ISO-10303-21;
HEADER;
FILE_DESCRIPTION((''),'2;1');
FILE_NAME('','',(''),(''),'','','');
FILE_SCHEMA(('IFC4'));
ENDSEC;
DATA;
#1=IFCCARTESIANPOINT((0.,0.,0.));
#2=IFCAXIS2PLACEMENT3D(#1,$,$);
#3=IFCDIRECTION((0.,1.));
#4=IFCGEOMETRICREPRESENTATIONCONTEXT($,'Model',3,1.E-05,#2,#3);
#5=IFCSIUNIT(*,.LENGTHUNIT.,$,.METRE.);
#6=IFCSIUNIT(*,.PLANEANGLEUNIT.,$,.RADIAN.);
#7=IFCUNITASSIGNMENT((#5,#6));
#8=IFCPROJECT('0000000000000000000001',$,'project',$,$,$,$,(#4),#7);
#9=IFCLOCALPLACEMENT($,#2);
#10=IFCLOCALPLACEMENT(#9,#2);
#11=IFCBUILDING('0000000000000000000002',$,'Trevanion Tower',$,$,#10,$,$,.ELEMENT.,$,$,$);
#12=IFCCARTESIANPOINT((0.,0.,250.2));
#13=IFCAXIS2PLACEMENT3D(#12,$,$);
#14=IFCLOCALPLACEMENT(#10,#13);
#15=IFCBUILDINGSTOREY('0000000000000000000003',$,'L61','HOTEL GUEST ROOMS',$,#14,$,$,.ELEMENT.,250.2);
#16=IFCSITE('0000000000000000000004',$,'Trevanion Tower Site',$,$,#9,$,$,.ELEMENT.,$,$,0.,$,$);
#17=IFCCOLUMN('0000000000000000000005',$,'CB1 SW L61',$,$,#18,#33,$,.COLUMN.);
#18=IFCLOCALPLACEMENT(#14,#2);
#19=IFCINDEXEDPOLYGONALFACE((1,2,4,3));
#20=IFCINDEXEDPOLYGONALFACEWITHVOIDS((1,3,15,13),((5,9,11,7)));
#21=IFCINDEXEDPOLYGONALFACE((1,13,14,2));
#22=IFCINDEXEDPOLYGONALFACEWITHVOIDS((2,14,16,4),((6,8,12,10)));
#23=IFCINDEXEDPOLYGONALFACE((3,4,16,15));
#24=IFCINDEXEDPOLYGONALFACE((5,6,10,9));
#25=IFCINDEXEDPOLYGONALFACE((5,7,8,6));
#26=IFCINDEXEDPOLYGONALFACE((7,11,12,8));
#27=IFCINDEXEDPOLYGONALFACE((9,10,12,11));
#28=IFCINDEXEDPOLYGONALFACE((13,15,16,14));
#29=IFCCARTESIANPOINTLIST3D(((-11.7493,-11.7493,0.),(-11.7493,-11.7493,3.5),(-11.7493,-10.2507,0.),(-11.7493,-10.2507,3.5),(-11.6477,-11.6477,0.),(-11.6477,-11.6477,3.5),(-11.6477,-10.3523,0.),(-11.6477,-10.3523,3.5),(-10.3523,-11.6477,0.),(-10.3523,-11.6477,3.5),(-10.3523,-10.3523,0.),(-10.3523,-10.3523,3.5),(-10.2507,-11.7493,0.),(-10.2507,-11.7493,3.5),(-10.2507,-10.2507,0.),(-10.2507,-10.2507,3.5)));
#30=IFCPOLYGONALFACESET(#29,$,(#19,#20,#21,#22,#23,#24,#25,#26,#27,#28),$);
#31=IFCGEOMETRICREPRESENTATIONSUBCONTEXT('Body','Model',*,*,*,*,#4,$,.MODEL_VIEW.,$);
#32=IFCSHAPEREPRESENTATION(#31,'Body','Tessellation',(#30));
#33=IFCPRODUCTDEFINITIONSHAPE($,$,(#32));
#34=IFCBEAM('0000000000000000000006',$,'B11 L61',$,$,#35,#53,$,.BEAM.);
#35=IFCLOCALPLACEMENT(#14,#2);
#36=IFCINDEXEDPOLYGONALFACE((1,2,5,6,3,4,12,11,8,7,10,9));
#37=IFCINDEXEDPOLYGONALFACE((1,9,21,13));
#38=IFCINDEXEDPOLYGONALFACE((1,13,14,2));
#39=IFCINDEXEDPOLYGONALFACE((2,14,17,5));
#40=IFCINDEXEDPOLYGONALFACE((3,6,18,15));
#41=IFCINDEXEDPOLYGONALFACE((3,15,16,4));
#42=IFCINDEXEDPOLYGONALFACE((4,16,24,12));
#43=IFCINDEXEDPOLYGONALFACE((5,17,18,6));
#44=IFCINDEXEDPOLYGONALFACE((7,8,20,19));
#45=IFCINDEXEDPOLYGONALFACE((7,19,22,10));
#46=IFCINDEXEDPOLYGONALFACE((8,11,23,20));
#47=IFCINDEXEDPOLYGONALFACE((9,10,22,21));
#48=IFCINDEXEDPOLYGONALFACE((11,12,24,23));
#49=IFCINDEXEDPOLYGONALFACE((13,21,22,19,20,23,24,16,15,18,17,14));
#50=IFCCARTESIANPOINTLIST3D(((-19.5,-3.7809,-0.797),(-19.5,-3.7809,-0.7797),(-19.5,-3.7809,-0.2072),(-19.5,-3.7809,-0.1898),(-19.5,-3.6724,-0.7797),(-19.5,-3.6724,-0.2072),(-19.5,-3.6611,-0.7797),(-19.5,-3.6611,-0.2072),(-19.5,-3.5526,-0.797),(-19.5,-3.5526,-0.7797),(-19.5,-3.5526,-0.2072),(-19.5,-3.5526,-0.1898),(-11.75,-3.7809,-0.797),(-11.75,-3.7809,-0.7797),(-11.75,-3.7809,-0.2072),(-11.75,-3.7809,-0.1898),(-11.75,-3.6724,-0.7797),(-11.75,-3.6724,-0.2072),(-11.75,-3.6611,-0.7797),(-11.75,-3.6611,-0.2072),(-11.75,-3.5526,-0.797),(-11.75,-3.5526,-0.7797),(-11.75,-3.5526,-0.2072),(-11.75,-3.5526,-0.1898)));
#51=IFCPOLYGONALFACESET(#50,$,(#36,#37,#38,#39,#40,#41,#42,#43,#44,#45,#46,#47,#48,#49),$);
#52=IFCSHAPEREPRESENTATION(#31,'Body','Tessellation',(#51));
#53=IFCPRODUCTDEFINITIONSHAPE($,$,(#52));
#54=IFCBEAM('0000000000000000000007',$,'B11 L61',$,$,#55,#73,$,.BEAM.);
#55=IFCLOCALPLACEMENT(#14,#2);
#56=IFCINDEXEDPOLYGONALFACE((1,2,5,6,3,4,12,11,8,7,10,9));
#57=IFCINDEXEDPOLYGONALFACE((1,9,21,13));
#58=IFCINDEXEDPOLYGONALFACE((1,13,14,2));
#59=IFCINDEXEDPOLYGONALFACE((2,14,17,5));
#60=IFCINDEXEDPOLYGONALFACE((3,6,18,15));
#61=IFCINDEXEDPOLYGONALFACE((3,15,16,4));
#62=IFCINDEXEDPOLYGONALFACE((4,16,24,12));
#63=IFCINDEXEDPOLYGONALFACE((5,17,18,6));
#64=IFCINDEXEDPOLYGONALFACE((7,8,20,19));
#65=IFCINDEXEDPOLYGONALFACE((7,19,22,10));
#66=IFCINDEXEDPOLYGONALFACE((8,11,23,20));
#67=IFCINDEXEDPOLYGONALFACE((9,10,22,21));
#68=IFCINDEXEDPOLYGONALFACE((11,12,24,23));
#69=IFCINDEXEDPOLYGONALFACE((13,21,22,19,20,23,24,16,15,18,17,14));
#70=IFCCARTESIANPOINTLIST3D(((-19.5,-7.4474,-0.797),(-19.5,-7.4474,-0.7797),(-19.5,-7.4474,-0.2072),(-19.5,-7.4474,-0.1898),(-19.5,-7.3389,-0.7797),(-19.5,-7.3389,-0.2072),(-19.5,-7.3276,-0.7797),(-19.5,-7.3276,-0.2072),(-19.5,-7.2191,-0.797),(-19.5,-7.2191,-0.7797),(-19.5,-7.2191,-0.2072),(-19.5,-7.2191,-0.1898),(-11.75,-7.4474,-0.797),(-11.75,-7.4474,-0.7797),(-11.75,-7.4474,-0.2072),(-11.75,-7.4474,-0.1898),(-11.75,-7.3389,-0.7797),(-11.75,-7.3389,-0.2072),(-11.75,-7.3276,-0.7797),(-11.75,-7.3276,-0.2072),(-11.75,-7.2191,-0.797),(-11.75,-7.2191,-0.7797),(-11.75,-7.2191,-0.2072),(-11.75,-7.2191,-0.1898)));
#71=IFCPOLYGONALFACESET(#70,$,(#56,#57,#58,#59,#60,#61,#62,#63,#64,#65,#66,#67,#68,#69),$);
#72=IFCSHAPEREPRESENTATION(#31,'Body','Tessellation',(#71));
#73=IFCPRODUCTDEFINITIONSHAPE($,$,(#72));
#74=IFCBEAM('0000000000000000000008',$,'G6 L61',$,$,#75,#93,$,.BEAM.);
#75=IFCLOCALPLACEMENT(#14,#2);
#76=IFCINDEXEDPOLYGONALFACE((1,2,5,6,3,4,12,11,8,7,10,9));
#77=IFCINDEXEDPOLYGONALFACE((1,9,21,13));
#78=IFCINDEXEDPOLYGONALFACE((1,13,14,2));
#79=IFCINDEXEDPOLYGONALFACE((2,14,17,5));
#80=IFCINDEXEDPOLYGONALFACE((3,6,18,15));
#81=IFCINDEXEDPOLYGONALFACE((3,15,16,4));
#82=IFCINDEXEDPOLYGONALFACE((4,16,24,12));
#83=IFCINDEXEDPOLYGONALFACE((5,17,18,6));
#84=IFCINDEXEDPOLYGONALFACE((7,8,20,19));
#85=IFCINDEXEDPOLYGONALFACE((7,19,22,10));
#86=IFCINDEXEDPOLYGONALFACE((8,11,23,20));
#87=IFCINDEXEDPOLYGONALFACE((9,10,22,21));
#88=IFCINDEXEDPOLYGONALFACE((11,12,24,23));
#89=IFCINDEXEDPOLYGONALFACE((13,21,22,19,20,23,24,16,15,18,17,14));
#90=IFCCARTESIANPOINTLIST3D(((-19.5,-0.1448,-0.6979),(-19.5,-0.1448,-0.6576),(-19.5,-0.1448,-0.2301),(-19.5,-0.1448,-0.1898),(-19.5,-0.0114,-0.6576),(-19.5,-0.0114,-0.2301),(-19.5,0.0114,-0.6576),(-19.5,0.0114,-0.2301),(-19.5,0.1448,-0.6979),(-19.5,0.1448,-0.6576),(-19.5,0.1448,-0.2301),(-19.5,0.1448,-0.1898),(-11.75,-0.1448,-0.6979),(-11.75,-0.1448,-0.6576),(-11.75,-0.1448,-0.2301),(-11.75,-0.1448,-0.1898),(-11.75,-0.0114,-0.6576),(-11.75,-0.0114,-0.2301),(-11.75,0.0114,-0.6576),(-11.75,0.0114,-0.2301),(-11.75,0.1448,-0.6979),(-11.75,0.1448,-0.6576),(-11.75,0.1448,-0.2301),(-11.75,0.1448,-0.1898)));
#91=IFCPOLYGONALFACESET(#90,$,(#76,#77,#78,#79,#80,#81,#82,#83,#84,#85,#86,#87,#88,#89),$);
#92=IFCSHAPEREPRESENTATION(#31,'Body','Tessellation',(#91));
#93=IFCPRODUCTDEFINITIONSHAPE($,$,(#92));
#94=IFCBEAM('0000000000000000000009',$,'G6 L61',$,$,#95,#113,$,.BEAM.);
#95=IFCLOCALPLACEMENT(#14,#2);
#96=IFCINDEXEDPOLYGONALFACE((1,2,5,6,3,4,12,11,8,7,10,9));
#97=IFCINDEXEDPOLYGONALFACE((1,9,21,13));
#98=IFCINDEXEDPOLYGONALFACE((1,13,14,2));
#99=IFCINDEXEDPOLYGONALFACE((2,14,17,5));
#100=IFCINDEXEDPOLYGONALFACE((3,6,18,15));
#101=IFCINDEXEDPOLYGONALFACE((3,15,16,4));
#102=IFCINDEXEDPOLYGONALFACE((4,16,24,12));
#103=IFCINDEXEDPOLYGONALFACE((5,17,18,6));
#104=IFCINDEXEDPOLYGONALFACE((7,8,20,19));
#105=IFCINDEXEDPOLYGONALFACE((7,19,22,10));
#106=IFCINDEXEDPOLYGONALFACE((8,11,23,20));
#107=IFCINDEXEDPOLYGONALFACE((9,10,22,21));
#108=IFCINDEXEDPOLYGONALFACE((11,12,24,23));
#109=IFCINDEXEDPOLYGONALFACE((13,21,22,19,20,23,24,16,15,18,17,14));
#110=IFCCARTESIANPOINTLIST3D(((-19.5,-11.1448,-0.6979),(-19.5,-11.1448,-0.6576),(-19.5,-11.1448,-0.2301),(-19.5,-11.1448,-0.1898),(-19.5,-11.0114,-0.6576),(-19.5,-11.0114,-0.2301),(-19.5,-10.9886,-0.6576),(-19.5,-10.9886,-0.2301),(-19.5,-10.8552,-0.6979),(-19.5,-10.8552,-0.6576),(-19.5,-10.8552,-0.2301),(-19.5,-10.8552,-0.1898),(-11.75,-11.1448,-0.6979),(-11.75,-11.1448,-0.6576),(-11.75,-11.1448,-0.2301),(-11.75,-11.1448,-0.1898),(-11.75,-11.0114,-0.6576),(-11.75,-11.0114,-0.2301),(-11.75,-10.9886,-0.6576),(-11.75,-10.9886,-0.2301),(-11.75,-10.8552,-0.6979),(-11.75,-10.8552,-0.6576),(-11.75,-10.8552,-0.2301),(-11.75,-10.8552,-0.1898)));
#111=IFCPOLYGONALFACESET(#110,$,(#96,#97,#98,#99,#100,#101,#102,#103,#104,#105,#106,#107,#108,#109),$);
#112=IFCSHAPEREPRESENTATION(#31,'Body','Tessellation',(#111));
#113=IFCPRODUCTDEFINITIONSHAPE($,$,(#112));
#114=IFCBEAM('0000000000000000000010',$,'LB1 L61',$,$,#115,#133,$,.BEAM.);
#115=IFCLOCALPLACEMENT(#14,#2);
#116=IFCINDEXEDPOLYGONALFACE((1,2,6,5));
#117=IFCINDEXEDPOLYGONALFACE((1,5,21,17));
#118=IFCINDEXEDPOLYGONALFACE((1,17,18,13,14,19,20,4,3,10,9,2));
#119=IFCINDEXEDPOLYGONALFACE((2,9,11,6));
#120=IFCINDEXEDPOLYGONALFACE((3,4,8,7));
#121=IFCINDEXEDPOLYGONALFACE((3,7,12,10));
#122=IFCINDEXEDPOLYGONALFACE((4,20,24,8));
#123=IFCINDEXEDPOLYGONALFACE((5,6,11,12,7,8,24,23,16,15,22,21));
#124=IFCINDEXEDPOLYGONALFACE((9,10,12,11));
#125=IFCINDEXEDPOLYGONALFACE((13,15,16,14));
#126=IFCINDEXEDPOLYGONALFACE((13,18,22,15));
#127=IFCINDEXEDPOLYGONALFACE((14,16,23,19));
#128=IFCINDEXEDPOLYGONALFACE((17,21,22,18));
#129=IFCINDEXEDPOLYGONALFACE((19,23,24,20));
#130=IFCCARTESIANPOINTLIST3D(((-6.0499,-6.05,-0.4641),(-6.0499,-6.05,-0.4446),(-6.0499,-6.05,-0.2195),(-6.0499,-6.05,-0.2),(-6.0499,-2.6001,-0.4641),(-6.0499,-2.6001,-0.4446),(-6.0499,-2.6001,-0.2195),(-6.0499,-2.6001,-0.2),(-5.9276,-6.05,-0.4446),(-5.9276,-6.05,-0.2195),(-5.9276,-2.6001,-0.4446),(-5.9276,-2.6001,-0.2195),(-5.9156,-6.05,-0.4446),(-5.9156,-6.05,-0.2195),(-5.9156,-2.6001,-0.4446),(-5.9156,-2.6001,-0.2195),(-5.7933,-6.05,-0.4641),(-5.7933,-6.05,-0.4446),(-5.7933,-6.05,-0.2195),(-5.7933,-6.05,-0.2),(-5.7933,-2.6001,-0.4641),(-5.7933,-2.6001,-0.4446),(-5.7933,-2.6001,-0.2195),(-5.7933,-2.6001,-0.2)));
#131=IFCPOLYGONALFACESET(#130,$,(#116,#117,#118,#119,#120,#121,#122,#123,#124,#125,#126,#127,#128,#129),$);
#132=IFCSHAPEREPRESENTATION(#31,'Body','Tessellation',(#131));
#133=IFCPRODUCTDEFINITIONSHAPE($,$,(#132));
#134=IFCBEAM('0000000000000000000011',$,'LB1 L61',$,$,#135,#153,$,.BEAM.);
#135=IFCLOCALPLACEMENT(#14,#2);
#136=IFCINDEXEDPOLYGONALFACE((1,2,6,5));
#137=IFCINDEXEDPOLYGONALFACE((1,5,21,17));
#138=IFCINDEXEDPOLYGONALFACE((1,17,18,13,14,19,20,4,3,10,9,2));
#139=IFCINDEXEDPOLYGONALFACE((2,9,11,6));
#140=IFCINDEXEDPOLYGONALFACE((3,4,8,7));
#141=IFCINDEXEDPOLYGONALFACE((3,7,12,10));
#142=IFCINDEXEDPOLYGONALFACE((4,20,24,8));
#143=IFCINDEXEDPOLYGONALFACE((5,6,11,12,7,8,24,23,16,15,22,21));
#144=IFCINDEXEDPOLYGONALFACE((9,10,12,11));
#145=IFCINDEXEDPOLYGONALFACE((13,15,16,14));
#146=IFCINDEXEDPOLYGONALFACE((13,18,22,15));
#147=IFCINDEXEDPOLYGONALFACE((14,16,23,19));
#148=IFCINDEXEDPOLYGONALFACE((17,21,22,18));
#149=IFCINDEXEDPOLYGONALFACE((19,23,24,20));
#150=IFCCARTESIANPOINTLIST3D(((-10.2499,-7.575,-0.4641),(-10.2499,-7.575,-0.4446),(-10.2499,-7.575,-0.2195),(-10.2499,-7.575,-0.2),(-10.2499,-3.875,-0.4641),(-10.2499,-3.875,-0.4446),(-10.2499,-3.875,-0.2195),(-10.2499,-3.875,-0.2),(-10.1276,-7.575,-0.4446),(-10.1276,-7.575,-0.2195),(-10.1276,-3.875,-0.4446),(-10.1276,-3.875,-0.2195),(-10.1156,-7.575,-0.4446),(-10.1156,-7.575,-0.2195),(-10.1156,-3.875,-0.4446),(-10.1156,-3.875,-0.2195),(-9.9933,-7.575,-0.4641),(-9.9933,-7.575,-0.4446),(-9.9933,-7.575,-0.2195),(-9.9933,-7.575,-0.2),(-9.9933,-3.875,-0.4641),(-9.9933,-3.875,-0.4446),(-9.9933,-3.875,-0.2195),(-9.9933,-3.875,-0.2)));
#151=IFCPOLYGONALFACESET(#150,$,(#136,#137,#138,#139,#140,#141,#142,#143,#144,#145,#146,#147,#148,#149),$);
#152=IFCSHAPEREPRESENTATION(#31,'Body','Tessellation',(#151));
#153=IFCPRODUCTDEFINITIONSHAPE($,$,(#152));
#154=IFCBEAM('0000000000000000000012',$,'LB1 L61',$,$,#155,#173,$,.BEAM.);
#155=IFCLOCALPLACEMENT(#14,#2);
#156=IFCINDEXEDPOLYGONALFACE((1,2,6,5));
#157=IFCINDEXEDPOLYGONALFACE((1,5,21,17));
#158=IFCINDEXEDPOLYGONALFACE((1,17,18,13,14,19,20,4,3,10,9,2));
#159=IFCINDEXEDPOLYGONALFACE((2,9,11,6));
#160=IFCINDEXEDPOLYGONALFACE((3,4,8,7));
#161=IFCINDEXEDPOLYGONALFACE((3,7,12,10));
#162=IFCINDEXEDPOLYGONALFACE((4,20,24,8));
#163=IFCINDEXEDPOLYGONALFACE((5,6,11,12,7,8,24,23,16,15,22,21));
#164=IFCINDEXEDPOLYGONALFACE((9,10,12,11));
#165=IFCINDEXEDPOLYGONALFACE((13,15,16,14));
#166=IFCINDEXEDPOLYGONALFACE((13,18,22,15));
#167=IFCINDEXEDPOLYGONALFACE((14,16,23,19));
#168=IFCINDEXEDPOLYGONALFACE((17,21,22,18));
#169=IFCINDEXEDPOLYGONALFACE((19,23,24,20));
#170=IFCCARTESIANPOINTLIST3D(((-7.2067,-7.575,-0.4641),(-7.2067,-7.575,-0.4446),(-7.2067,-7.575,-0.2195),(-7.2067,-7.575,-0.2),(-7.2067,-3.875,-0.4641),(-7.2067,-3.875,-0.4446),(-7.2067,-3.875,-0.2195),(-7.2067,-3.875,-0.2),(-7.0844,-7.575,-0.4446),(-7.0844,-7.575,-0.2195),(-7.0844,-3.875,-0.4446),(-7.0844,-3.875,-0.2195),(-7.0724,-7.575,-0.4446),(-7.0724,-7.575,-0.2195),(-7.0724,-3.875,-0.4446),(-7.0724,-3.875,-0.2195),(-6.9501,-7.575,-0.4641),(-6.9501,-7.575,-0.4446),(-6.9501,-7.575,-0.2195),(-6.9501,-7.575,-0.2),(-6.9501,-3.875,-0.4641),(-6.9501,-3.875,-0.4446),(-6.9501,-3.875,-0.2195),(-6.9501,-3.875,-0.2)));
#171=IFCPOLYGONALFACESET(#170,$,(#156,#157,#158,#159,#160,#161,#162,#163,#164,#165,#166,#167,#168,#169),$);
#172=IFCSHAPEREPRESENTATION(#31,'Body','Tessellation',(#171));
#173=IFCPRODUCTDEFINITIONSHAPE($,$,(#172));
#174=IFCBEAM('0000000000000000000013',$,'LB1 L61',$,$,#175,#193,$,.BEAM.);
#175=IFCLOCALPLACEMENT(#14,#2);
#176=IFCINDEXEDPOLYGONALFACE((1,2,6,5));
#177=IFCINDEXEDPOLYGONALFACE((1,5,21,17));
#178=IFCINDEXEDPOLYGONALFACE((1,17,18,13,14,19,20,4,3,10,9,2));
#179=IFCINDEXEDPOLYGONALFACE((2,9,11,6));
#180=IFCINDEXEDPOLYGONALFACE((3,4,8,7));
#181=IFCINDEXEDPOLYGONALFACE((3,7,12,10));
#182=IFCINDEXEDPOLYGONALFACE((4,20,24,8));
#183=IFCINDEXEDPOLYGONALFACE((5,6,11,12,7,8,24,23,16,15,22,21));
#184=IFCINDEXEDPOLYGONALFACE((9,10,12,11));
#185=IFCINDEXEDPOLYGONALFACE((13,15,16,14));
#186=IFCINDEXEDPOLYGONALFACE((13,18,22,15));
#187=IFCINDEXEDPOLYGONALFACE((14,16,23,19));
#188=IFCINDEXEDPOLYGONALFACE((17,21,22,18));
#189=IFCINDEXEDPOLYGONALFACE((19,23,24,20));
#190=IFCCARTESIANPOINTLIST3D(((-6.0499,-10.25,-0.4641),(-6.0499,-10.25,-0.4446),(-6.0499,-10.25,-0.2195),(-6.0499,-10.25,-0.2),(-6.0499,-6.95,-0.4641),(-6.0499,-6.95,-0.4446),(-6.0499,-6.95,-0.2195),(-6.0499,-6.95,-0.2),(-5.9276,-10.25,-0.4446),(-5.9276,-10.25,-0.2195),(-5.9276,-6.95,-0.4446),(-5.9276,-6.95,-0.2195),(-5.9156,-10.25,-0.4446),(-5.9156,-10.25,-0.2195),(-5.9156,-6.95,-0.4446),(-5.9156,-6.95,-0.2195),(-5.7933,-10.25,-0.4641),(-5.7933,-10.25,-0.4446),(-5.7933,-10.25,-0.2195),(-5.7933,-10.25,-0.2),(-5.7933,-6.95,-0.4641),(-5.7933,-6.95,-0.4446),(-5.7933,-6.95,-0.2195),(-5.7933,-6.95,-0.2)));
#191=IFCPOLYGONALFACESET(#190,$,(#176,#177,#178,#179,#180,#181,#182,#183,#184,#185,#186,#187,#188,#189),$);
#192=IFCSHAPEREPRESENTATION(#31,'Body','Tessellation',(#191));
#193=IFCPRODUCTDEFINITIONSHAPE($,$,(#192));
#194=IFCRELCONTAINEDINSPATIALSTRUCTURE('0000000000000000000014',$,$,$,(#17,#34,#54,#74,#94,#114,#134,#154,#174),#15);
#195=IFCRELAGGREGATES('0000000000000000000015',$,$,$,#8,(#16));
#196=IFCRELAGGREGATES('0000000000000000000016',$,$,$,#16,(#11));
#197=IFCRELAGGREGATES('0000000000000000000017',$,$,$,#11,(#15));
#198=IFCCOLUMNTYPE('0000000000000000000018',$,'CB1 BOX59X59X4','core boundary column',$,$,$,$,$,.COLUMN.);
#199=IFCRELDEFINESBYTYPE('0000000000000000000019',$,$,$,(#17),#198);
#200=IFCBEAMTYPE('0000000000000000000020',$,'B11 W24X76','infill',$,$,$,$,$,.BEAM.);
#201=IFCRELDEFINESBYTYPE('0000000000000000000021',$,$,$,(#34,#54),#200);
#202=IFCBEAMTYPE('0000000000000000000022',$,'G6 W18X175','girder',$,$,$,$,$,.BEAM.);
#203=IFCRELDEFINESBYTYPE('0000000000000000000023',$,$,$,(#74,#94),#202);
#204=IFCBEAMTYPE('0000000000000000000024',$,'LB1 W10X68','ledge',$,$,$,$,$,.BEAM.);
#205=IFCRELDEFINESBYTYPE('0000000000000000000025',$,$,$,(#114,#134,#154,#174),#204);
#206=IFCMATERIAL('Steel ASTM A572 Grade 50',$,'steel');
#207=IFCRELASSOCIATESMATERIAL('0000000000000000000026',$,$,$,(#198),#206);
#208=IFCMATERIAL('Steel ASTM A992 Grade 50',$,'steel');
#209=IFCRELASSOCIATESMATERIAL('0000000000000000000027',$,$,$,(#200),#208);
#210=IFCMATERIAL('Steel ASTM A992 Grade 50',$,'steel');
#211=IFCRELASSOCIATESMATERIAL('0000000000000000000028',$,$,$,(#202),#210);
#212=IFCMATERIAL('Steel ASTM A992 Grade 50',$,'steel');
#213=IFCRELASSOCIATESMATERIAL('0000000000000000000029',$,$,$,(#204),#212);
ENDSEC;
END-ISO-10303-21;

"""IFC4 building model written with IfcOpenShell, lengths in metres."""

from ifc_helpers import new_model, si_unit, direction, frame, origin, origin_2d, place, context, subcontext, project, spatial, hollow_rectangle, i_section, extrude, material, material_profile, profile_set, type_object, element, save


model = new_model("IFC4")

# Units and contexts
model_context = context("Model", 3, precision=1e-05, world=origin(), true_north=direction((0.0, 1.0)))
body_context = subcontext(model_context, "Body", "Model", "MODEL_VIEW")
ifc_project = project(units=[si_unit("LENGTHUNIT", "METRE"), si_unit("PLANEANGLEUNIT", "RADIAN")], contexts=[model_context])

# Site, building, storey
site_placement = place(None, origin())
site = spatial("IfcSite", under=ifc_project, at=site_placement, Name="Trevanion Tower Site", CompositionType="ELEMENT", RefElevation=0.0)
building_placement = place(site_placement, origin())
building = spatial("IfcBuilding", under=site, at=building_placement, Name="Trevanion Tower", CompositionType="ELEMENT")
storey_placement = place(building_placement, frame((0.0, 0.0, 250.2)))
storey = spatial("IfcBuildingStorey", under=building, at=storey_placement, Name="L61", Description="HOTEL GUEST ROOMS", CompositionType="ELEMENT", Elevation=250.2)

# Column
ifc_material_1 = material(Name="Steel ASTM A572 Grade 50", Category="steel")
ifc_material_profile_1 = material_profile(ifc_material_1, hollow_rectangle(XDim=1.4985, YDim=1.4985, WallThickness=0.1016, at=origin_2d()), Name="BOX59X59X4")
ifc_profile_set_1 = profile_set([ifc_material_profile_1], Name="Steel ASTM A572 Grade 50")
column_type = type_object("IfcColumnType", Name="CB1 BOX59X59X4", Description="core boundary column", PredefinedType="COLUMN", material=ifc_profile_set_1)
column_placement = place(storey_placement, frame((-11.0, -11.0, 0.0), z_axis=(0.0, 0.0, 1.0), x_axis=(1.0, 0.0, 0.0)))
element("IfcColumn", 1, at=column_placement, inside=storey, type_object=column_type, Name="CB1 SW L61", PredefinedType="COLUMN", context=body_context, shape_type="SweptSolid", body=[
    extrude(hollow_rectangle(XDim=1.4985, YDim=1.4985, WallThickness=0.1016, at=origin_2d()), origin(), (0.0, 0.0, 1.0), 3.5),
])

# Beams
ifc_material_2 = material(Name="Steel ASTM A992 Grade 50", Category="steel")
ifc_material_profile_2 = material_profile(ifc_material_2, i_section(OverallWidth=0.2283, OverallDepth=0.6072, WebThickness=0.0112, FlangeThickness=0.0173, at=origin_2d()), Name="W24X76")
ifc_profile_set_2 = profile_set([ifc_material_profile_2], Name="Steel ASTM A992 Grade 50")
beam_type_1 = type_object("IfcBeamType", Name="B11 W24X76", Description="infill", PredefinedType="BEAM", material=ifc_profile_set_2)
for number, where, z_axis, x_axis, name in (
    (2, (-11.75, -3.6667, -0.4934), (-1.0, 0.0, 0.0), (0.0, -1.0, 0.0), "B11 L61"),
    (3, (-11.75, -7.3333, -0.4934), (-1.0, 0.0, 0.0), (0.0, -1.0, 0.0), "B11 L61"),
):
    element("IfcBeam", number, at=place(storey_placement, frame(where, z_axis=z_axis, x_axis=x_axis)), inside=storey, type_object=beam_type_1, Name=name, PredefinedType="BEAM", context=body_context, shape_type="SweptSolid", body=[
        extrude(i_section(OverallWidth=0.2283, OverallDepth=0.6072, WebThickness=0.0112, FlangeThickness=0.0173, at=origin_2d()), origin(), (0.0, 0.0, 1.0), 7.75),
    ])
ifc_material_3 = material(Name="Steel ASTM A992 Grade 50", Category="steel")
ifc_material_profile_3 = material_profile(ifc_material_3, i_section(OverallWidth=0.2896, OverallDepth=0.5081, WebThickness=0.0227, FlangeThickness=0.0403, at=origin_2d()), Name="W18X175")
ifc_profile_set_3 = profile_set([ifc_material_profile_3], Name="Steel ASTM A992 Grade 50")
beam_type_2 = type_object("IfcBeamType", Name="G6 W18X175", Description="girder", PredefinedType="BEAM", material=ifc_profile_set_3)
for number, where, z_axis, x_axis, name in (
    (4, (-11.75, 0.0, -0.4438), (-1.0, 0.0, 0.0), (0.0, -1.0, 0.0), "G6 L61"),
    (5, (-11.75, -11.0, -0.4438), (-1.0, 0.0, 0.0), (0.0, -1.0, 0.0), "G6 L61"),
):
    element("IfcBeam", number, at=place(storey_placement, frame(where, z_axis=z_axis, x_axis=x_axis)), inside=storey, type_object=beam_type_2, Name=name, PredefinedType="BEAM", context=body_context, shape_type="SweptSolid", body=[
        extrude(i_section(OverallWidth=0.2896, OverallDepth=0.5081, WebThickness=0.0227, FlangeThickness=0.0403, at=origin_2d()), origin(), (0.0, 0.0, 1.0), 7.75),
    ])
ifc_material_4 = material(Name="Steel ASTM A992 Grade 50", Category="steel")
ifc_material_profile_4 = material_profile(ifc_material_4, i_section(OverallWidth=0.2566, OverallDepth=0.2642, WebThickness=0.012, FlangeThickness=0.0195, at=origin_2d()), Name="W10X68")
ifc_profile_set_4 = profile_set([ifc_material_profile_4], Name="Steel ASTM A992 Grade 50")
beam_type_3 = type_object("IfcBeamType", Name="LB1 W10X68", Description="ledge", PredefinedType="BEAM", material=ifc_profile_set_4)
beam_1_placement = place(storey_placement, frame((-5.9216, -6.05, -0.332), z_axis=(0.0, 1.0, 0.0), x_axis=(-1.0, 0.0, 0.0)))
element("IfcBeam", 6, at=beam_1_placement, inside=storey, type_object=beam_type_3, Name="LB1 L61", PredefinedType="BEAM", context=body_context, shape_type="SweptSolid", body=[
    extrude(i_section(OverallWidth=0.2566, OverallDepth=0.2642, WebThickness=0.012, FlangeThickness=0.0195, at=origin_2d()), origin(), (0.0, 0.0, 1.0), 3.45),
])
for number, where, z_axis, x_axis, name in (
    (7, (-10.1216, -7.575, -0.332), (0.0, 1.0, 0.0), (-1.0, 0.0, 0.0), "LB1 L61"),
    (8, (-7.0784, -7.575, -0.332), (0.0, 1.0, 0.0), (-1.0, 0.0, 0.0), "LB1 L61"),
):
    element("IfcBeam", number, at=place(storey_placement, frame(where, z_axis=z_axis, x_axis=x_axis)), inside=storey, type_object=beam_type_3, Name=name, PredefinedType="BEAM", context=body_context, shape_type="SweptSolid", body=[
        extrude(i_section(OverallWidth=0.2566, OverallDepth=0.2642, WebThickness=0.012, FlangeThickness=0.0195, at=origin_2d()), origin(), (0.0, 0.0, 1.0), 3.7),
    ])
beam_2_placement = place(storey_placement, frame((-5.9216, -10.25, -0.332), z_axis=(0.0, 1.0, 0.0), x_axis=(-1.0, 0.0, 0.0)))
element("IfcBeam", 9, at=beam_2_placement, inside=storey, type_object=beam_type_3, Name="LB1 L61", PredefinedType="BEAM", context=body_context, shape_type="SweptSolid", body=[
    extrude(i_section(OverallWidth=0.2566, OverallDepth=0.2642, WebThickness=0.012, FlangeThickness=0.0195, at=origin_2d()), origin(), (0.0, 0.0, 1.0), 3.3),
])

save(model, "model.ifc")
